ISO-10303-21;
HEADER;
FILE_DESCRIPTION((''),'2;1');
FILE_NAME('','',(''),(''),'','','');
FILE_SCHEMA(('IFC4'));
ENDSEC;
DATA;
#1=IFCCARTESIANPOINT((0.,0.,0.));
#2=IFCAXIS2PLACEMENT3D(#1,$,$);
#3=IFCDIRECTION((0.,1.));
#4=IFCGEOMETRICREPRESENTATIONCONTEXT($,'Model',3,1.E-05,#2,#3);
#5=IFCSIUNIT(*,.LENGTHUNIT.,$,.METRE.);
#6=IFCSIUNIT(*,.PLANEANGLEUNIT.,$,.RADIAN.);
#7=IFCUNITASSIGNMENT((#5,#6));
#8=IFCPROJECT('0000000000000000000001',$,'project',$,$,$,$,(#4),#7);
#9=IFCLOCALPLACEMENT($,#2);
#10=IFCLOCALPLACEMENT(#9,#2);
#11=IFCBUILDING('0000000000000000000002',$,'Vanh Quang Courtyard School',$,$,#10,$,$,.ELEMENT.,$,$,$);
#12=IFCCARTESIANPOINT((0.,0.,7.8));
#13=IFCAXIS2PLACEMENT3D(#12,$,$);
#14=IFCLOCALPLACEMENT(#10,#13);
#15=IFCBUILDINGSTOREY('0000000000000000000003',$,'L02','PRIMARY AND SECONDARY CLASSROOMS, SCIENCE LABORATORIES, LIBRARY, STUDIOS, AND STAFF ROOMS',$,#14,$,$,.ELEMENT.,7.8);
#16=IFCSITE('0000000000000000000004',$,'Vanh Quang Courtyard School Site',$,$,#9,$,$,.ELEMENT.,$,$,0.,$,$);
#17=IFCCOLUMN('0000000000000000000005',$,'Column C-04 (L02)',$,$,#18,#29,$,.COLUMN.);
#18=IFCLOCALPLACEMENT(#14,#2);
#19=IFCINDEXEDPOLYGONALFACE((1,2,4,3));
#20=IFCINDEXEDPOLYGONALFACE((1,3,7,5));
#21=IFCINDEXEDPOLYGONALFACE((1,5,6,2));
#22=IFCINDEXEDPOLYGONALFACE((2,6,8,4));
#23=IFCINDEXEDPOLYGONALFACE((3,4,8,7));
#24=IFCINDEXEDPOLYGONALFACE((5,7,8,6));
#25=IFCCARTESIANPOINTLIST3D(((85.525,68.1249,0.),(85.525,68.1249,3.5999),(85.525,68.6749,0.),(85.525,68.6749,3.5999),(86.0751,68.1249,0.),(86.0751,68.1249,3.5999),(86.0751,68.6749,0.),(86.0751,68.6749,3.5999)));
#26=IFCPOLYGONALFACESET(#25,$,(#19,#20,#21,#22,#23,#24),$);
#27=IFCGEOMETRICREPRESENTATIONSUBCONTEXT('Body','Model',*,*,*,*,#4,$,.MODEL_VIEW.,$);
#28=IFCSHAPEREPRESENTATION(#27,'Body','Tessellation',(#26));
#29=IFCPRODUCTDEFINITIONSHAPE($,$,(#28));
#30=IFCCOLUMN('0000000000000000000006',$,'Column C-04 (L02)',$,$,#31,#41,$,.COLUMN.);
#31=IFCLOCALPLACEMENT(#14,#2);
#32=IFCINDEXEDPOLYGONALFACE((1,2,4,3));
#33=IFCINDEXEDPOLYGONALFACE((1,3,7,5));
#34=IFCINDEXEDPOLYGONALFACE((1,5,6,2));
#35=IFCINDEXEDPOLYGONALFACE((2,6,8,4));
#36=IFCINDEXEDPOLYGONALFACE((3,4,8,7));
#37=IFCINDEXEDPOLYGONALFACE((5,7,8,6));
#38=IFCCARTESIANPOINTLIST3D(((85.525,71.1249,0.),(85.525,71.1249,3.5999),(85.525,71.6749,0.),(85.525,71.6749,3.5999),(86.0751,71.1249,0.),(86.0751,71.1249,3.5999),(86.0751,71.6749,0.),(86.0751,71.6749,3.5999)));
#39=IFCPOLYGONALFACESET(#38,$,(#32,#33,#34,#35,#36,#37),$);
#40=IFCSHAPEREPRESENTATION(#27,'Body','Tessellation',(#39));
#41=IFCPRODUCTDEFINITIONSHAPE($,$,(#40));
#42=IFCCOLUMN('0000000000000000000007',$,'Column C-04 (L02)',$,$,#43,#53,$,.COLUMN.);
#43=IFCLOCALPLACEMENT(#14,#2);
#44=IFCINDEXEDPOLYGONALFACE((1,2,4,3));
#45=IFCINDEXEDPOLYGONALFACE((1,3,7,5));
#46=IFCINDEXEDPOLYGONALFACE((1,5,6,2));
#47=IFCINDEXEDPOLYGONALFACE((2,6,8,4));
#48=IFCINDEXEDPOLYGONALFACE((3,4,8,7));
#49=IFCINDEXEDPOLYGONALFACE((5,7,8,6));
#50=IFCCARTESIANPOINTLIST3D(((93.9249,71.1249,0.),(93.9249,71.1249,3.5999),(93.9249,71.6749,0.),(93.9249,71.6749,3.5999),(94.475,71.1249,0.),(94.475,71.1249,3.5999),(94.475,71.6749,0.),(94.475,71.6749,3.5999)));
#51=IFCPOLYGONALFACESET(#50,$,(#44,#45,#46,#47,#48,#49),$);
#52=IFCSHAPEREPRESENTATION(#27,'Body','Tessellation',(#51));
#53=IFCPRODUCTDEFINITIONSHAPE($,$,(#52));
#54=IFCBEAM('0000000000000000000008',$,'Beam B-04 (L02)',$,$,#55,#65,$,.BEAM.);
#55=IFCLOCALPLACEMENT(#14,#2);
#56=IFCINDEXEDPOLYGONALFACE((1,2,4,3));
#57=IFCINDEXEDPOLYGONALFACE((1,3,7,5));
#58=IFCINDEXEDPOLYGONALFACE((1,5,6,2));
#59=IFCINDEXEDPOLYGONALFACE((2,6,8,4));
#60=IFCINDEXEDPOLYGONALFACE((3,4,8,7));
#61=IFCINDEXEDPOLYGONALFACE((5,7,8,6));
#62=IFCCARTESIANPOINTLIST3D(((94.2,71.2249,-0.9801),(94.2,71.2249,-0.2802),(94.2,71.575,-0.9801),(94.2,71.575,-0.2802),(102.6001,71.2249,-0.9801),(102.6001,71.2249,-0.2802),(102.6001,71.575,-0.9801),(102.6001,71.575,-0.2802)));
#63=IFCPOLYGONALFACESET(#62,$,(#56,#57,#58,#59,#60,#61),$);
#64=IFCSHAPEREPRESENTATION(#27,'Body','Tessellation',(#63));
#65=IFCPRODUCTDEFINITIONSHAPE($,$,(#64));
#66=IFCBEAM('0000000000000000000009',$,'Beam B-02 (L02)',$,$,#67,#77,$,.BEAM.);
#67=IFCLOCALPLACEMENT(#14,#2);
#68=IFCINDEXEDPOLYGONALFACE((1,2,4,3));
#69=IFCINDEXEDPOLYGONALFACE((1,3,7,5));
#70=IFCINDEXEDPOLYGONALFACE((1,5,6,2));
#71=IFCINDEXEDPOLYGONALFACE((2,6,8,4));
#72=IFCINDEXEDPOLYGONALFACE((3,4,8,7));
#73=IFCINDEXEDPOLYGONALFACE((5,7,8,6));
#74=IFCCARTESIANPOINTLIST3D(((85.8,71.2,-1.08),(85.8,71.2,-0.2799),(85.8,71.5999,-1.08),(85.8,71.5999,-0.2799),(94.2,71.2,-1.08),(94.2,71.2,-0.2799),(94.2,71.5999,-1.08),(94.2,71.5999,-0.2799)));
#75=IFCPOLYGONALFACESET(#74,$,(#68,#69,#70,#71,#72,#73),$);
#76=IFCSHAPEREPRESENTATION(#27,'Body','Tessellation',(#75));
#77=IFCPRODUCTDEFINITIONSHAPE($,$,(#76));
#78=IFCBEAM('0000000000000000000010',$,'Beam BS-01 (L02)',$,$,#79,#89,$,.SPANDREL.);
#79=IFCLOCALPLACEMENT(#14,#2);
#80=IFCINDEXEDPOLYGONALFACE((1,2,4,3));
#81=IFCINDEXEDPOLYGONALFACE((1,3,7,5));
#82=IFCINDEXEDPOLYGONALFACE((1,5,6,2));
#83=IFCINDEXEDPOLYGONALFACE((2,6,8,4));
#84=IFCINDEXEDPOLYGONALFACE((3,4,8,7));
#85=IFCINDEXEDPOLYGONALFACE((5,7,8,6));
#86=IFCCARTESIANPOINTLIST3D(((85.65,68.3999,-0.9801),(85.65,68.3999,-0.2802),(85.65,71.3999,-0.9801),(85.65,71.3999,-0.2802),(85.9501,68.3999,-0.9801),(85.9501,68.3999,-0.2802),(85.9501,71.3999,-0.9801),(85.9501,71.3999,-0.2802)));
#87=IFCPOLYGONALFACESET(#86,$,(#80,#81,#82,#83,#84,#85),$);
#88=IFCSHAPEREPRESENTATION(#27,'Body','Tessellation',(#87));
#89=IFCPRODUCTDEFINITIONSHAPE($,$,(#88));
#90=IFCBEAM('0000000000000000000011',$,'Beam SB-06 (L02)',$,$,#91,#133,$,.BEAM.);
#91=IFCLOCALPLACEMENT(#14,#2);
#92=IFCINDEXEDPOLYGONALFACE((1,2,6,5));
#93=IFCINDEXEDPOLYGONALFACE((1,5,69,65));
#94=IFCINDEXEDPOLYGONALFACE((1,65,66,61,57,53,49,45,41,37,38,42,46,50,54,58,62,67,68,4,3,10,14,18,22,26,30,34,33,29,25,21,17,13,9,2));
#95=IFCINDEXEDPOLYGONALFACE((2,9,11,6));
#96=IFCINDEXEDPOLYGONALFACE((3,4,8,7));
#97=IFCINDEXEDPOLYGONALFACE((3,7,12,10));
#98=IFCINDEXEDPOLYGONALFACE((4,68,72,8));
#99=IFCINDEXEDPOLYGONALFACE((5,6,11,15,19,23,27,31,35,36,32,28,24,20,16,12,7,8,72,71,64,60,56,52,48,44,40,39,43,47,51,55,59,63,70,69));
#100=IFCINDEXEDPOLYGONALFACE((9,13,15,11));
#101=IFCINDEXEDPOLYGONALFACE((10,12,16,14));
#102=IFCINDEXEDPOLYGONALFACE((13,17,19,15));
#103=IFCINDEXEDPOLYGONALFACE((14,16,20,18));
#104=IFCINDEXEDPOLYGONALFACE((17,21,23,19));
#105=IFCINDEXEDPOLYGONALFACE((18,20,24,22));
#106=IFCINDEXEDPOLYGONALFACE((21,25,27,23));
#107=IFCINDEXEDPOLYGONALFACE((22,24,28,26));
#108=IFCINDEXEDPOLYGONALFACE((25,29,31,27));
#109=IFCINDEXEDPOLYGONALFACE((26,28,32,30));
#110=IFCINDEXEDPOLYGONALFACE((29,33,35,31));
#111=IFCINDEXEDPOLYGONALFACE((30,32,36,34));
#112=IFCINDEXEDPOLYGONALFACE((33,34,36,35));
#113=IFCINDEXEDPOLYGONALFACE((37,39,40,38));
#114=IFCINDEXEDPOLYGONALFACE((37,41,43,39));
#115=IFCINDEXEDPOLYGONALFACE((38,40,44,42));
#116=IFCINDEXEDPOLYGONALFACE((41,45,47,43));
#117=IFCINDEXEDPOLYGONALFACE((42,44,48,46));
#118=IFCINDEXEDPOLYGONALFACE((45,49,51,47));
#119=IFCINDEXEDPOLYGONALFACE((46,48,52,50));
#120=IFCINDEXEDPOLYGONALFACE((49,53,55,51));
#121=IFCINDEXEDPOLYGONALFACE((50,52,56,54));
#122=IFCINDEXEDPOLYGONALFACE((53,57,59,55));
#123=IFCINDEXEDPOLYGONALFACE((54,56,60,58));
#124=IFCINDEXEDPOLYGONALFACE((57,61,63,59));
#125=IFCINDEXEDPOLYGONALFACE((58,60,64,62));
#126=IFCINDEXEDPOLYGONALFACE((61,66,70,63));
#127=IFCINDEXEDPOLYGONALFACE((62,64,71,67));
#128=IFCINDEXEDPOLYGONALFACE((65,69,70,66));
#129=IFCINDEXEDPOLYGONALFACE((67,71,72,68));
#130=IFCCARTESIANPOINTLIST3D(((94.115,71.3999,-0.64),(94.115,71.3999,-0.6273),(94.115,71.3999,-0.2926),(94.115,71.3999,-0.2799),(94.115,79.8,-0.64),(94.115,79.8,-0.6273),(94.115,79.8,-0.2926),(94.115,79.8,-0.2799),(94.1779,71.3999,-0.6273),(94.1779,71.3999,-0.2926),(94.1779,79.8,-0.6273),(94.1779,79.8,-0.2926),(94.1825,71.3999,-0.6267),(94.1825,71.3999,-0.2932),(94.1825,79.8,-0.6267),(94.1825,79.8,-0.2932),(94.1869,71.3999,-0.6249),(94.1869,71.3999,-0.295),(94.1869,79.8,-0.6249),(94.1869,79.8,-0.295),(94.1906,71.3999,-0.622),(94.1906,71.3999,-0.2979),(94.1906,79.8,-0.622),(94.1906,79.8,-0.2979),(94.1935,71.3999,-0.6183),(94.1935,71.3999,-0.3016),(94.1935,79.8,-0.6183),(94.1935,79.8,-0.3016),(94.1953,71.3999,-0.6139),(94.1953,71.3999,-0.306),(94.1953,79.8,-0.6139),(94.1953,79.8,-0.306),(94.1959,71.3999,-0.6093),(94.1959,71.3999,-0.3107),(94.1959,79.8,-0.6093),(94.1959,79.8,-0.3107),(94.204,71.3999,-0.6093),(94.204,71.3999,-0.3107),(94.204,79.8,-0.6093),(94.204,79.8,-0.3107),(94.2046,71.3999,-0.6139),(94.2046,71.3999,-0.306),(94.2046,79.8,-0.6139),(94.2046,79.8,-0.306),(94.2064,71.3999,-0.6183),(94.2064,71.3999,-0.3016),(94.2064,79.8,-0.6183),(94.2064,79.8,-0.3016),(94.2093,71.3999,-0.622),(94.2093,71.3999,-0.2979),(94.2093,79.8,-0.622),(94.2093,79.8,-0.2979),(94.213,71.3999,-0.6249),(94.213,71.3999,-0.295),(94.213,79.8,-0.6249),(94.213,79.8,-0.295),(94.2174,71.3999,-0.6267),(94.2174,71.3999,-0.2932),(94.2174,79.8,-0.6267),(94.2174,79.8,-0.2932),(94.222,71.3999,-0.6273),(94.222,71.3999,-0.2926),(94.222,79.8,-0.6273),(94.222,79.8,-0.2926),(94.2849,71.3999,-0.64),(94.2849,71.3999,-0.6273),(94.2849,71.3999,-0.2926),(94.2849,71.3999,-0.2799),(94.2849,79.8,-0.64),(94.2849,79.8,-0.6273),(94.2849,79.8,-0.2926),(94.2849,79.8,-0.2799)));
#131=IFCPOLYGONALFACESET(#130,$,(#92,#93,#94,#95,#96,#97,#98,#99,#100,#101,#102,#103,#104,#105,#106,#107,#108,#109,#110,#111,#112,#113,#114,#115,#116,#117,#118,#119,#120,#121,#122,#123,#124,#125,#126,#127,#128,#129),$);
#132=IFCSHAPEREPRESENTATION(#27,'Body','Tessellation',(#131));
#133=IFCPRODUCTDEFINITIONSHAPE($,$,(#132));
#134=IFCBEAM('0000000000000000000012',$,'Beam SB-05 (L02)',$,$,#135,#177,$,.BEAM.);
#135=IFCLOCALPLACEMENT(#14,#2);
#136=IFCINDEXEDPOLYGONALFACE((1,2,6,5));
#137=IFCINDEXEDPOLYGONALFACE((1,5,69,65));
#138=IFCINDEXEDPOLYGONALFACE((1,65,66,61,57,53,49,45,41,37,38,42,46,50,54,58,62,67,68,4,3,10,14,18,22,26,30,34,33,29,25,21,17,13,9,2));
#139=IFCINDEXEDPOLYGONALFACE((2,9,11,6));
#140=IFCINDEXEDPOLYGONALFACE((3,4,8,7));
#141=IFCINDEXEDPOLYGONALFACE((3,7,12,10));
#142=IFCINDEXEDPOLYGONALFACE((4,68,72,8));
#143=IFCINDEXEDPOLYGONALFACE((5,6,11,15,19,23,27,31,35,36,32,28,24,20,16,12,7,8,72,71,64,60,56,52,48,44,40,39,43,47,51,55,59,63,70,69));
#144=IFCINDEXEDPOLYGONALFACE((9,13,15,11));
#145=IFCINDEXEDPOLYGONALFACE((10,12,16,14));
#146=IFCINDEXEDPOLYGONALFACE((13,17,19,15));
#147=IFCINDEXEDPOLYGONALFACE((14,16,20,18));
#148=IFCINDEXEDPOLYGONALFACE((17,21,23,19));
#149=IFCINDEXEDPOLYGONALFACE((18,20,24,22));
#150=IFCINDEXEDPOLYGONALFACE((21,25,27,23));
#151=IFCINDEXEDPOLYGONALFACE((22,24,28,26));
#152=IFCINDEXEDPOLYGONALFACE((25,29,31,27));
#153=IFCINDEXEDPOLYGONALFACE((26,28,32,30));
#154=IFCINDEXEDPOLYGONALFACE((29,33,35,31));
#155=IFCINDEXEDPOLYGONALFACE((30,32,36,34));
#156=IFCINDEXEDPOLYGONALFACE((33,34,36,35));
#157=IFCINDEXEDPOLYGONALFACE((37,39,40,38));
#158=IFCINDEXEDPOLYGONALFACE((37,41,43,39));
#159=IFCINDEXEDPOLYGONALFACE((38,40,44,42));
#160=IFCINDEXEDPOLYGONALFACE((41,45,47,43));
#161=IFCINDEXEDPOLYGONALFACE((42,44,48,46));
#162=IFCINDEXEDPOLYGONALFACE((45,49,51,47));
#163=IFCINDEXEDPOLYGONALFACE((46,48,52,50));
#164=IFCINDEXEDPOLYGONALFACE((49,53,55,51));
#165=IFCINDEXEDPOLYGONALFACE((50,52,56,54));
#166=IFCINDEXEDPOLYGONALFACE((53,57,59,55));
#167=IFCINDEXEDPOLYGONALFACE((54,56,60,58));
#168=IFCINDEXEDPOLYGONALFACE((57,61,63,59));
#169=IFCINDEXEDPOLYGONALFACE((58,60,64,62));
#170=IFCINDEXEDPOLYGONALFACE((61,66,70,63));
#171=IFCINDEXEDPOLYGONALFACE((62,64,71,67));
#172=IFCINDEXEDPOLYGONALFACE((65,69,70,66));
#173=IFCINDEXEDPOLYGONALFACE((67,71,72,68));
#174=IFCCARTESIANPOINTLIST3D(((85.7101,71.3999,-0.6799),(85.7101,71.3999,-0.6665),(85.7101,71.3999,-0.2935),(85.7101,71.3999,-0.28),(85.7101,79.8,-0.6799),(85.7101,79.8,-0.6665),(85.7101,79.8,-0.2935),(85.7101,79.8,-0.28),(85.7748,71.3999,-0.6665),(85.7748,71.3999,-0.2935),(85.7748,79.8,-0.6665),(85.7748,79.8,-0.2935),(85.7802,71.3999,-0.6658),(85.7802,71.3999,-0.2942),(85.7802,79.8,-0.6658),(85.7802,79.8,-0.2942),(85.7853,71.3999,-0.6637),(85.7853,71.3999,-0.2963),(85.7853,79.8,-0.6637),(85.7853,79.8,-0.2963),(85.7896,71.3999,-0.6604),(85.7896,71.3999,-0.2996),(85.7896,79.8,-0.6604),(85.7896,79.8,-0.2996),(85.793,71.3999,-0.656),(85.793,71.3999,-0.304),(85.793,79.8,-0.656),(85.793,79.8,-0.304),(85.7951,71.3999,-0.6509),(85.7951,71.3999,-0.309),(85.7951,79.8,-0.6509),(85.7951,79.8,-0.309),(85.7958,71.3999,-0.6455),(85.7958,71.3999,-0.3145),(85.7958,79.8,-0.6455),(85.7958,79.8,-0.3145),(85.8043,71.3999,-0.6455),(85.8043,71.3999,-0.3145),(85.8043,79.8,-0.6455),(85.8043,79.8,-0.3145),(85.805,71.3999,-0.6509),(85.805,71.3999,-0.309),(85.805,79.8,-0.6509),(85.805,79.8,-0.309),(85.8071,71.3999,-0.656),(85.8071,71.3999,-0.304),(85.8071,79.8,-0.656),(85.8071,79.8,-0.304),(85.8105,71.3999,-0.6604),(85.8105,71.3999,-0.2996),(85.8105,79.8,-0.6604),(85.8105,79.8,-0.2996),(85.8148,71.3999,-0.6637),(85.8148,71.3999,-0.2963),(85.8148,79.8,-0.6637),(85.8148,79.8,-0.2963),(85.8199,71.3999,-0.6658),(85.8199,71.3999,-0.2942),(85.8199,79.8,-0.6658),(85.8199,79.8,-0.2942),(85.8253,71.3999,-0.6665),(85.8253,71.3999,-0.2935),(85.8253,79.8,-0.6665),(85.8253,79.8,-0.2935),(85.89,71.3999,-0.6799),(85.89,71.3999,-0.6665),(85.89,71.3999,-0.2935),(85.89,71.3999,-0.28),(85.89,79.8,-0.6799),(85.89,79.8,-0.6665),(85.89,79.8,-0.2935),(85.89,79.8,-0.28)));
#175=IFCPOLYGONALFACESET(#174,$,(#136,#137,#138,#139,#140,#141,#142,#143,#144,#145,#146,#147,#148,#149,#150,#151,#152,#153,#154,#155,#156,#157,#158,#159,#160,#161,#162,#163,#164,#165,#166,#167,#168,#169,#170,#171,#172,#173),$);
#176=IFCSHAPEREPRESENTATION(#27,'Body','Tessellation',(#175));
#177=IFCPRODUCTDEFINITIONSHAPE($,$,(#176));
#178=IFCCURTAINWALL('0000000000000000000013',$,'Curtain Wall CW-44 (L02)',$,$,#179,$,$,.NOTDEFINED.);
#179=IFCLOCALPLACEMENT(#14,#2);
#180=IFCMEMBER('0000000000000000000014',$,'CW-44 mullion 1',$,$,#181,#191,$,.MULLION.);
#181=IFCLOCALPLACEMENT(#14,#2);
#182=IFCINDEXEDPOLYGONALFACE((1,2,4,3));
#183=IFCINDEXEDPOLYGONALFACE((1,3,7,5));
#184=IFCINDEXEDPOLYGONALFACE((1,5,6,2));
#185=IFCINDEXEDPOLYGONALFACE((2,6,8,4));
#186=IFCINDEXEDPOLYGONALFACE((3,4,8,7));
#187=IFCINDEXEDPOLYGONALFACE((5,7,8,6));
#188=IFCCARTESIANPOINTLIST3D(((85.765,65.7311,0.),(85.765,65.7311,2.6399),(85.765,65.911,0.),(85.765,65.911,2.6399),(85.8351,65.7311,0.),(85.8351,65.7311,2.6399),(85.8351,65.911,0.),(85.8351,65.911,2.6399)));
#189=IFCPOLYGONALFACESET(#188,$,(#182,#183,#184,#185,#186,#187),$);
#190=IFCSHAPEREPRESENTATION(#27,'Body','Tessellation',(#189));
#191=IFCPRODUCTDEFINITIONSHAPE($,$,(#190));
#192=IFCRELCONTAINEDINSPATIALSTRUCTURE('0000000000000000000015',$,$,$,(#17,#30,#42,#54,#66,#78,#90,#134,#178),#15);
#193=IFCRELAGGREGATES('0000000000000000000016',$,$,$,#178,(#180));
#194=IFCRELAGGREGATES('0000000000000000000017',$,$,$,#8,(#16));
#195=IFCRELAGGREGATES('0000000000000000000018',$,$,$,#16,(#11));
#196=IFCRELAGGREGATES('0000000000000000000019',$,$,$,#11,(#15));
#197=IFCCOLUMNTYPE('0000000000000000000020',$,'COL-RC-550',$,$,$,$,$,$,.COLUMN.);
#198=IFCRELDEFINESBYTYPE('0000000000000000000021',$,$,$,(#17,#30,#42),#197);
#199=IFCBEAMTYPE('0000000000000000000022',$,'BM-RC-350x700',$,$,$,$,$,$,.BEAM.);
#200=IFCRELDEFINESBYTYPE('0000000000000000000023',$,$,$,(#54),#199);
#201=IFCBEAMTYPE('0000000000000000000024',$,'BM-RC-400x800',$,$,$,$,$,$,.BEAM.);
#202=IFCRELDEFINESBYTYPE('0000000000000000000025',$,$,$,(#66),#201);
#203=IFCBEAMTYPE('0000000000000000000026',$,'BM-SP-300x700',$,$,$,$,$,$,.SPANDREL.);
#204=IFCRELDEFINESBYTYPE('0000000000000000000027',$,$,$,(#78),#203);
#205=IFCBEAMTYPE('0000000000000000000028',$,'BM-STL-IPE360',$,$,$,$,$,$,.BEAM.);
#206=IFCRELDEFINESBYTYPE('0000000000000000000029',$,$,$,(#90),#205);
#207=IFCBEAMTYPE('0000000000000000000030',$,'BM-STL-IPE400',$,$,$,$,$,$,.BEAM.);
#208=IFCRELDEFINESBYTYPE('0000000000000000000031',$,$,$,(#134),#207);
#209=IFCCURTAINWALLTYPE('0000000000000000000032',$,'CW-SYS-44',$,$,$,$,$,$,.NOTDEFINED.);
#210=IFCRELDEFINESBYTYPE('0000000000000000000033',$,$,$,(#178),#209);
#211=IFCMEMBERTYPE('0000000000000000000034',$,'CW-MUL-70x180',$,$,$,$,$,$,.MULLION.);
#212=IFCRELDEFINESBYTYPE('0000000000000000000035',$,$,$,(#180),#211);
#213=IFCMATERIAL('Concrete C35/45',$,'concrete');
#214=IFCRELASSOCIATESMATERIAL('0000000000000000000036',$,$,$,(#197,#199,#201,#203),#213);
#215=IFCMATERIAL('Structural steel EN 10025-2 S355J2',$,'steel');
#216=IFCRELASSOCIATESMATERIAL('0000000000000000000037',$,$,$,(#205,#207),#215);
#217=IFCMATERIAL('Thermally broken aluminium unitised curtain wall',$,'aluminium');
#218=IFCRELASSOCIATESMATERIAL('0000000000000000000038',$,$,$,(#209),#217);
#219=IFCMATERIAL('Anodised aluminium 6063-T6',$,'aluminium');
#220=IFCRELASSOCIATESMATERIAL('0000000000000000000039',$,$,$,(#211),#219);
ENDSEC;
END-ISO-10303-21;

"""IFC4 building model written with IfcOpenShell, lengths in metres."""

from ifc_helpers import new_model, si_unit, direction, frame, origin, origin_2d, place, context, subcontext, project, spatial, rectangle, i_section, extrude, material, material_profile, profile_set, type_object, element, aggregate, save


model = new_model("IFC4")

# Units and contexts
model_context = context("Model", 3, precision=1e-05, world=origin(), true_north=direction((0.0, 1.0)))
body_context = subcontext(model_context, "Body", "Model", "MODEL_VIEW")
ifc_project = project(units=[si_unit("LENGTHUNIT", "METRE"), si_unit("PLANEANGLEUNIT", "RADIAN")], contexts=[model_context])

# Site, building, storey
site_placement = place(None, origin())
site = spatial("IfcSite", under=ifc_project, at=site_placement, Name="Vanh Quang Courtyard School Site", CompositionType="ELEMENT", RefElevation=0.0)
building_placement = place(site_placement, origin())
building = spatial("IfcBuilding", under=site, at=building_placement, Name="Vanh Quang Courtyard School", CompositionType="ELEMENT")
storey_placement = place(building_placement, frame((0.0, 0.0, 7.8)))
storey = spatial("IfcBuildingStorey", under=building, at=storey_placement, Name="L02", Description="PRIMARY AND SECONDARY CLASSROOMS, SCIENCE LABORATORIES, LIBRARY, STUDIOS, AND STAFF ROOMS", CompositionType="ELEMENT", Elevation=7.8)

# Columns
ifc_material_1 = material(Name="Concrete C35/45", Category="concrete")
ifc_material_profile_1 = material_profile(ifc_material_1, rectangle(XDim=0.55, YDim=0.55, at=origin_2d()), Name="RC-COL 550x550")
ifc_profile_set_1 = profile_set([ifc_material_profile_1], Name="Concrete C35/45")
column_type = type_object("IfcColumnType", Name="COL-RC-550", PredefinedType="COLUMN", material=ifc_profile_set_1)
for number, where, z_axis, x_axis, name in (
    (1, (85.8, 68.3999, 0.0), (0.0, 0.0, 1.0), (1.0, 0.0, 0.0), "Column C-04 (L02)"),
    (2, (85.8, 71.3999, 0.0), (0.0, 0.0, 1.0), (1.0, 0.0, 0.0), "Column C-04 (L02)"),
    (3, (94.2, 71.3999, 0.0), (0.0, 0.0, 1.0), (1.0, 0.0, 0.0), "Column C-04 (L02)"),
):
    element("IfcColumn", number, at=place(storey_placement, frame(where, z_axis=z_axis, x_axis=x_axis)), inside=storey, type_object=column_type, Name=name, PredefinedType="COLUMN", context=body_context, shape_type="SweptSolid", body=[
        extrude(rectangle(XDim=0.55, YDim=0.55, at=origin_2d()), origin(), (0.0, 0.0, 1.0), 3.5999),
    ])

# Beams
ifc_material_profile_2 = material_profile(ifc_material_1, rectangle(XDim=0.3501, YDim=0.7, at=origin_2d()), Name="RC-BM 350x700")
ifc_profile_set_2 = profile_set([ifc_material_profile_2], Name="Concrete C35/45")
beam_type_1 = type_object("IfcBeamType", Name="BM-RC-350x700", PredefinedType="BEAM", material=ifc_profile_set_2)
beam_1_placement = place(storey_placement, frame((94.2, 71.3999, -0.6301), z_axis=(1.0, 0.0, 0.0), x_axis=(0.0, 1.0, 0.0)))
element("IfcBeam", 4, at=beam_1_placement, inside=storey, type_object=beam_type_1, Name="Beam B-04 (L02)", PredefinedType="BEAM", context=body_context, shape_type="SweptSolid", body=[
    extrude(rectangle(XDim=0.3501, YDim=0.7, at=origin_2d()), origin(), (0.0, 0.0, 1.0), 8.4001),
])
ifc_material_profile_3 = material_profile(ifc_material_1, rectangle(XDim=0.3999, YDim=0.8, at=origin_2d()), Name="RC-BM 400x800")
ifc_profile_set_3 = profile_set([ifc_material_profile_3], Name="Concrete C35/45")
beam_type_2 = type_object("IfcBeamType", Name="BM-RC-400x800", PredefinedType="BEAM", material=ifc_profile_set_3)
beam_2_placement = place(storey_placement, frame((85.8, 71.3999, -0.6799), z_axis=(1.0, 0.0, 0.0), x_axis=(0.0, 1.0, 0.0)))
element("IfcBeam", 5, at=beam_2_placement, inside=storey, type_object=beam_type_2, Name="Beam B-02 (L02)", PredefinedType="BEAM", context=body_context, shape_type="SweptSolid", body=[
    extrude(rectangle(XDim=0.3999, YDim=0.8, at=origin_2d()), origin(), (0.0, 0.0, 1.0), 8.3999),
])
ifc_material_profile_4 = material_profile(ifc_material_1, rectangle(XDim=0.3, YDim=0.7, at=origin_2d()), Name="RC-SP 300x700")
ifc_profile_set_4 = profile_set([ifc_material_profile_4], Name="Concrete C35/45")
beam_type_3 = type_object("IfcBeamType", Name="BM-SP-300x700", PredefinedType="SPANDREL", material=ifc_profile_set_4)
beam_3_placement = place(storey_placement, frame((85.8, 68.3999, -0.6301), z_axis=(0.0, 1.0, 0.0), x_axis=(-1.0, 0.0, 0.0)))
element("IfcBeam", 6, at=beam_3_placement, inside=storey, type_object=beam_type_3, Name="Beam BS-01 (L02)", PredefinedType="SPANDREL", context=body_context, shape_type="SweptSolid", body=[
    extrude(rectangle(XDim=0.3, YDim=0.7, at=origin_2d()), origin(), (0.0, 0.0, 1.0), 3.0),
])
ifc_material_2 = material(Name="Structural steel EN 10025-2 S355J2", Category="steel")
ifc_material_profile_5 = material_profile(ifc_material_2, i_section(OverallWidth=0.1699, OverallDepth=0.3601, WebThickness=0.0081, FlangeThickness=0.0127, FilletRadius=0.0181, at=origin_2d()), Name="IPE 360")
ifc_profile_set_5 = profile_set([ifc_material_profile_5], Name="Structural steel EN 10025-2 S355J2")
beam_type_4 = type_object("IfcBeamType", Name="BM-STL-IPE360", PredefinedType="BEAM", material=ifc_profile_set_5)
beam_4_placement = place(storey_placement, frame((94.2, 71.3999, -0.46), z_axis=(0.0, 1.0, 0.0), x_axis=(-1.0, 0.0, 0.0)))
element("IfcBeam", 7, at=beam_4_placement, inside=storey, type_object=beam_type_4, Name="Beam SB-06 (L02)", PredefinedType="BEAM", context=body_context, shape_type="SweptSolid", body=[
    extrude(i_section(OverallWidth=0.1699, OverallDepth=0.3601, WebThickness=0.0081, FlangeThickness=0.0127, FilletRadius=0.0181, at=origin_2d()), origin(), (0.0, 0.0, 1.0), 8.4001),
])
ifc_material_profile_6 = material_profile(ifc_material_2, i_section(OverallWidth=0.1799, OverallDepth=0.3999, WebThickness=0.0085, FlangeThickness=0.0134, FilletRadius=0.021, at=origin_2d()), Name="IPE 400")
ifc_profile_set_6 = profile_set([ifc_material_profile_6], Name="Structural steel EN 10025-2 S355J2")
beam_type_5 = type_object("IfcBeamType", Name="BM-STL-IPE400", PredefinedType="BEAM", material=ifc_profile_set_6)
beam_5_placement = place(storey_placement, frame((85.8, 71.3999, -0.48), z_axis=(0.0, 1.0, 0.0), x_axis=(-1.0, 0.0, 0.0)))
element("IfcBeam", 8, at=beam_5_placement, inside=storey, type_object=beam_type_5, Name="Beam SB-05 (L02)", PredefinedType="BEAM", context=body_context, shape_type="SweptSolid", body=[
    extrude(i_section(OverallWidth=0.1799, OverallDepth=0.3999, WebThickness=0.0085, FlangeThickness=0.0134, FilletRadius=0.021, at=origin_2d()), origin(), (0.0, 0.0, 1.0), 8.4001),
])

# Curtain wall, member
ifc_material_3 = material(Name="Thermally broken aluminium unitised curtain wall", Category="aluminium")
curtain_wall_type = type_object("IfcCurtainWallType", Name="CW-SYS-44", PredefinedType="NOTDEFINED", material=ifc_material_3)
curtain_wall_placement = place(storey_placement, origin())
curtain_wall = element("IfcCurtainWall", 9, at=curtain_wall_placement, inside=storey, type_object=curtain_wall_type, Name="Curtain Wall CW-44 (L02)", PredefinedType="NOTDEFINED")
ifc_material_4 = material(Name="Anodised aluminium 6063-T6", Category="aluminium")
ifc_material_profile_7 = material_profile(ifc_material_4, rectangle(XDim=0.0701, YDim=0.1799, at=origin_2d()), Name="ALU-MUL 70x180")
ifc_profile_set_7 = profile_set([ifc_material_profile_7], Name="Anodised aluminium 6063-T6")
member_type_1 = type_object("IfcMemberType", Name="CW-MUL-70x180", PredefinedType="MULLION", material=ifc_profile_set_7)
member_1_placement = place(storey_placement, frame((85.8, 65.821, 0.0), z_axis=(0.0, 0.0, 1.0), x_axis=(1.0, 0.0, 0.0)))
member_1 = element("IfcMember", 10, at=member_1_placement, type_object=member_type_1, Name="CW-44 mullion 1", PredefinedType="MULLION", context=body_context, shape_type="SweptSolid", body=[
    extrude(rectangle(XDim=0.0701, YDim=0.1799, at=origin_2d()), origin(), (0.0, 0.0, 1.0), 2.6399),
])
aggregate(curtain_wall, [member_1])

save(model, "model.ifc")
